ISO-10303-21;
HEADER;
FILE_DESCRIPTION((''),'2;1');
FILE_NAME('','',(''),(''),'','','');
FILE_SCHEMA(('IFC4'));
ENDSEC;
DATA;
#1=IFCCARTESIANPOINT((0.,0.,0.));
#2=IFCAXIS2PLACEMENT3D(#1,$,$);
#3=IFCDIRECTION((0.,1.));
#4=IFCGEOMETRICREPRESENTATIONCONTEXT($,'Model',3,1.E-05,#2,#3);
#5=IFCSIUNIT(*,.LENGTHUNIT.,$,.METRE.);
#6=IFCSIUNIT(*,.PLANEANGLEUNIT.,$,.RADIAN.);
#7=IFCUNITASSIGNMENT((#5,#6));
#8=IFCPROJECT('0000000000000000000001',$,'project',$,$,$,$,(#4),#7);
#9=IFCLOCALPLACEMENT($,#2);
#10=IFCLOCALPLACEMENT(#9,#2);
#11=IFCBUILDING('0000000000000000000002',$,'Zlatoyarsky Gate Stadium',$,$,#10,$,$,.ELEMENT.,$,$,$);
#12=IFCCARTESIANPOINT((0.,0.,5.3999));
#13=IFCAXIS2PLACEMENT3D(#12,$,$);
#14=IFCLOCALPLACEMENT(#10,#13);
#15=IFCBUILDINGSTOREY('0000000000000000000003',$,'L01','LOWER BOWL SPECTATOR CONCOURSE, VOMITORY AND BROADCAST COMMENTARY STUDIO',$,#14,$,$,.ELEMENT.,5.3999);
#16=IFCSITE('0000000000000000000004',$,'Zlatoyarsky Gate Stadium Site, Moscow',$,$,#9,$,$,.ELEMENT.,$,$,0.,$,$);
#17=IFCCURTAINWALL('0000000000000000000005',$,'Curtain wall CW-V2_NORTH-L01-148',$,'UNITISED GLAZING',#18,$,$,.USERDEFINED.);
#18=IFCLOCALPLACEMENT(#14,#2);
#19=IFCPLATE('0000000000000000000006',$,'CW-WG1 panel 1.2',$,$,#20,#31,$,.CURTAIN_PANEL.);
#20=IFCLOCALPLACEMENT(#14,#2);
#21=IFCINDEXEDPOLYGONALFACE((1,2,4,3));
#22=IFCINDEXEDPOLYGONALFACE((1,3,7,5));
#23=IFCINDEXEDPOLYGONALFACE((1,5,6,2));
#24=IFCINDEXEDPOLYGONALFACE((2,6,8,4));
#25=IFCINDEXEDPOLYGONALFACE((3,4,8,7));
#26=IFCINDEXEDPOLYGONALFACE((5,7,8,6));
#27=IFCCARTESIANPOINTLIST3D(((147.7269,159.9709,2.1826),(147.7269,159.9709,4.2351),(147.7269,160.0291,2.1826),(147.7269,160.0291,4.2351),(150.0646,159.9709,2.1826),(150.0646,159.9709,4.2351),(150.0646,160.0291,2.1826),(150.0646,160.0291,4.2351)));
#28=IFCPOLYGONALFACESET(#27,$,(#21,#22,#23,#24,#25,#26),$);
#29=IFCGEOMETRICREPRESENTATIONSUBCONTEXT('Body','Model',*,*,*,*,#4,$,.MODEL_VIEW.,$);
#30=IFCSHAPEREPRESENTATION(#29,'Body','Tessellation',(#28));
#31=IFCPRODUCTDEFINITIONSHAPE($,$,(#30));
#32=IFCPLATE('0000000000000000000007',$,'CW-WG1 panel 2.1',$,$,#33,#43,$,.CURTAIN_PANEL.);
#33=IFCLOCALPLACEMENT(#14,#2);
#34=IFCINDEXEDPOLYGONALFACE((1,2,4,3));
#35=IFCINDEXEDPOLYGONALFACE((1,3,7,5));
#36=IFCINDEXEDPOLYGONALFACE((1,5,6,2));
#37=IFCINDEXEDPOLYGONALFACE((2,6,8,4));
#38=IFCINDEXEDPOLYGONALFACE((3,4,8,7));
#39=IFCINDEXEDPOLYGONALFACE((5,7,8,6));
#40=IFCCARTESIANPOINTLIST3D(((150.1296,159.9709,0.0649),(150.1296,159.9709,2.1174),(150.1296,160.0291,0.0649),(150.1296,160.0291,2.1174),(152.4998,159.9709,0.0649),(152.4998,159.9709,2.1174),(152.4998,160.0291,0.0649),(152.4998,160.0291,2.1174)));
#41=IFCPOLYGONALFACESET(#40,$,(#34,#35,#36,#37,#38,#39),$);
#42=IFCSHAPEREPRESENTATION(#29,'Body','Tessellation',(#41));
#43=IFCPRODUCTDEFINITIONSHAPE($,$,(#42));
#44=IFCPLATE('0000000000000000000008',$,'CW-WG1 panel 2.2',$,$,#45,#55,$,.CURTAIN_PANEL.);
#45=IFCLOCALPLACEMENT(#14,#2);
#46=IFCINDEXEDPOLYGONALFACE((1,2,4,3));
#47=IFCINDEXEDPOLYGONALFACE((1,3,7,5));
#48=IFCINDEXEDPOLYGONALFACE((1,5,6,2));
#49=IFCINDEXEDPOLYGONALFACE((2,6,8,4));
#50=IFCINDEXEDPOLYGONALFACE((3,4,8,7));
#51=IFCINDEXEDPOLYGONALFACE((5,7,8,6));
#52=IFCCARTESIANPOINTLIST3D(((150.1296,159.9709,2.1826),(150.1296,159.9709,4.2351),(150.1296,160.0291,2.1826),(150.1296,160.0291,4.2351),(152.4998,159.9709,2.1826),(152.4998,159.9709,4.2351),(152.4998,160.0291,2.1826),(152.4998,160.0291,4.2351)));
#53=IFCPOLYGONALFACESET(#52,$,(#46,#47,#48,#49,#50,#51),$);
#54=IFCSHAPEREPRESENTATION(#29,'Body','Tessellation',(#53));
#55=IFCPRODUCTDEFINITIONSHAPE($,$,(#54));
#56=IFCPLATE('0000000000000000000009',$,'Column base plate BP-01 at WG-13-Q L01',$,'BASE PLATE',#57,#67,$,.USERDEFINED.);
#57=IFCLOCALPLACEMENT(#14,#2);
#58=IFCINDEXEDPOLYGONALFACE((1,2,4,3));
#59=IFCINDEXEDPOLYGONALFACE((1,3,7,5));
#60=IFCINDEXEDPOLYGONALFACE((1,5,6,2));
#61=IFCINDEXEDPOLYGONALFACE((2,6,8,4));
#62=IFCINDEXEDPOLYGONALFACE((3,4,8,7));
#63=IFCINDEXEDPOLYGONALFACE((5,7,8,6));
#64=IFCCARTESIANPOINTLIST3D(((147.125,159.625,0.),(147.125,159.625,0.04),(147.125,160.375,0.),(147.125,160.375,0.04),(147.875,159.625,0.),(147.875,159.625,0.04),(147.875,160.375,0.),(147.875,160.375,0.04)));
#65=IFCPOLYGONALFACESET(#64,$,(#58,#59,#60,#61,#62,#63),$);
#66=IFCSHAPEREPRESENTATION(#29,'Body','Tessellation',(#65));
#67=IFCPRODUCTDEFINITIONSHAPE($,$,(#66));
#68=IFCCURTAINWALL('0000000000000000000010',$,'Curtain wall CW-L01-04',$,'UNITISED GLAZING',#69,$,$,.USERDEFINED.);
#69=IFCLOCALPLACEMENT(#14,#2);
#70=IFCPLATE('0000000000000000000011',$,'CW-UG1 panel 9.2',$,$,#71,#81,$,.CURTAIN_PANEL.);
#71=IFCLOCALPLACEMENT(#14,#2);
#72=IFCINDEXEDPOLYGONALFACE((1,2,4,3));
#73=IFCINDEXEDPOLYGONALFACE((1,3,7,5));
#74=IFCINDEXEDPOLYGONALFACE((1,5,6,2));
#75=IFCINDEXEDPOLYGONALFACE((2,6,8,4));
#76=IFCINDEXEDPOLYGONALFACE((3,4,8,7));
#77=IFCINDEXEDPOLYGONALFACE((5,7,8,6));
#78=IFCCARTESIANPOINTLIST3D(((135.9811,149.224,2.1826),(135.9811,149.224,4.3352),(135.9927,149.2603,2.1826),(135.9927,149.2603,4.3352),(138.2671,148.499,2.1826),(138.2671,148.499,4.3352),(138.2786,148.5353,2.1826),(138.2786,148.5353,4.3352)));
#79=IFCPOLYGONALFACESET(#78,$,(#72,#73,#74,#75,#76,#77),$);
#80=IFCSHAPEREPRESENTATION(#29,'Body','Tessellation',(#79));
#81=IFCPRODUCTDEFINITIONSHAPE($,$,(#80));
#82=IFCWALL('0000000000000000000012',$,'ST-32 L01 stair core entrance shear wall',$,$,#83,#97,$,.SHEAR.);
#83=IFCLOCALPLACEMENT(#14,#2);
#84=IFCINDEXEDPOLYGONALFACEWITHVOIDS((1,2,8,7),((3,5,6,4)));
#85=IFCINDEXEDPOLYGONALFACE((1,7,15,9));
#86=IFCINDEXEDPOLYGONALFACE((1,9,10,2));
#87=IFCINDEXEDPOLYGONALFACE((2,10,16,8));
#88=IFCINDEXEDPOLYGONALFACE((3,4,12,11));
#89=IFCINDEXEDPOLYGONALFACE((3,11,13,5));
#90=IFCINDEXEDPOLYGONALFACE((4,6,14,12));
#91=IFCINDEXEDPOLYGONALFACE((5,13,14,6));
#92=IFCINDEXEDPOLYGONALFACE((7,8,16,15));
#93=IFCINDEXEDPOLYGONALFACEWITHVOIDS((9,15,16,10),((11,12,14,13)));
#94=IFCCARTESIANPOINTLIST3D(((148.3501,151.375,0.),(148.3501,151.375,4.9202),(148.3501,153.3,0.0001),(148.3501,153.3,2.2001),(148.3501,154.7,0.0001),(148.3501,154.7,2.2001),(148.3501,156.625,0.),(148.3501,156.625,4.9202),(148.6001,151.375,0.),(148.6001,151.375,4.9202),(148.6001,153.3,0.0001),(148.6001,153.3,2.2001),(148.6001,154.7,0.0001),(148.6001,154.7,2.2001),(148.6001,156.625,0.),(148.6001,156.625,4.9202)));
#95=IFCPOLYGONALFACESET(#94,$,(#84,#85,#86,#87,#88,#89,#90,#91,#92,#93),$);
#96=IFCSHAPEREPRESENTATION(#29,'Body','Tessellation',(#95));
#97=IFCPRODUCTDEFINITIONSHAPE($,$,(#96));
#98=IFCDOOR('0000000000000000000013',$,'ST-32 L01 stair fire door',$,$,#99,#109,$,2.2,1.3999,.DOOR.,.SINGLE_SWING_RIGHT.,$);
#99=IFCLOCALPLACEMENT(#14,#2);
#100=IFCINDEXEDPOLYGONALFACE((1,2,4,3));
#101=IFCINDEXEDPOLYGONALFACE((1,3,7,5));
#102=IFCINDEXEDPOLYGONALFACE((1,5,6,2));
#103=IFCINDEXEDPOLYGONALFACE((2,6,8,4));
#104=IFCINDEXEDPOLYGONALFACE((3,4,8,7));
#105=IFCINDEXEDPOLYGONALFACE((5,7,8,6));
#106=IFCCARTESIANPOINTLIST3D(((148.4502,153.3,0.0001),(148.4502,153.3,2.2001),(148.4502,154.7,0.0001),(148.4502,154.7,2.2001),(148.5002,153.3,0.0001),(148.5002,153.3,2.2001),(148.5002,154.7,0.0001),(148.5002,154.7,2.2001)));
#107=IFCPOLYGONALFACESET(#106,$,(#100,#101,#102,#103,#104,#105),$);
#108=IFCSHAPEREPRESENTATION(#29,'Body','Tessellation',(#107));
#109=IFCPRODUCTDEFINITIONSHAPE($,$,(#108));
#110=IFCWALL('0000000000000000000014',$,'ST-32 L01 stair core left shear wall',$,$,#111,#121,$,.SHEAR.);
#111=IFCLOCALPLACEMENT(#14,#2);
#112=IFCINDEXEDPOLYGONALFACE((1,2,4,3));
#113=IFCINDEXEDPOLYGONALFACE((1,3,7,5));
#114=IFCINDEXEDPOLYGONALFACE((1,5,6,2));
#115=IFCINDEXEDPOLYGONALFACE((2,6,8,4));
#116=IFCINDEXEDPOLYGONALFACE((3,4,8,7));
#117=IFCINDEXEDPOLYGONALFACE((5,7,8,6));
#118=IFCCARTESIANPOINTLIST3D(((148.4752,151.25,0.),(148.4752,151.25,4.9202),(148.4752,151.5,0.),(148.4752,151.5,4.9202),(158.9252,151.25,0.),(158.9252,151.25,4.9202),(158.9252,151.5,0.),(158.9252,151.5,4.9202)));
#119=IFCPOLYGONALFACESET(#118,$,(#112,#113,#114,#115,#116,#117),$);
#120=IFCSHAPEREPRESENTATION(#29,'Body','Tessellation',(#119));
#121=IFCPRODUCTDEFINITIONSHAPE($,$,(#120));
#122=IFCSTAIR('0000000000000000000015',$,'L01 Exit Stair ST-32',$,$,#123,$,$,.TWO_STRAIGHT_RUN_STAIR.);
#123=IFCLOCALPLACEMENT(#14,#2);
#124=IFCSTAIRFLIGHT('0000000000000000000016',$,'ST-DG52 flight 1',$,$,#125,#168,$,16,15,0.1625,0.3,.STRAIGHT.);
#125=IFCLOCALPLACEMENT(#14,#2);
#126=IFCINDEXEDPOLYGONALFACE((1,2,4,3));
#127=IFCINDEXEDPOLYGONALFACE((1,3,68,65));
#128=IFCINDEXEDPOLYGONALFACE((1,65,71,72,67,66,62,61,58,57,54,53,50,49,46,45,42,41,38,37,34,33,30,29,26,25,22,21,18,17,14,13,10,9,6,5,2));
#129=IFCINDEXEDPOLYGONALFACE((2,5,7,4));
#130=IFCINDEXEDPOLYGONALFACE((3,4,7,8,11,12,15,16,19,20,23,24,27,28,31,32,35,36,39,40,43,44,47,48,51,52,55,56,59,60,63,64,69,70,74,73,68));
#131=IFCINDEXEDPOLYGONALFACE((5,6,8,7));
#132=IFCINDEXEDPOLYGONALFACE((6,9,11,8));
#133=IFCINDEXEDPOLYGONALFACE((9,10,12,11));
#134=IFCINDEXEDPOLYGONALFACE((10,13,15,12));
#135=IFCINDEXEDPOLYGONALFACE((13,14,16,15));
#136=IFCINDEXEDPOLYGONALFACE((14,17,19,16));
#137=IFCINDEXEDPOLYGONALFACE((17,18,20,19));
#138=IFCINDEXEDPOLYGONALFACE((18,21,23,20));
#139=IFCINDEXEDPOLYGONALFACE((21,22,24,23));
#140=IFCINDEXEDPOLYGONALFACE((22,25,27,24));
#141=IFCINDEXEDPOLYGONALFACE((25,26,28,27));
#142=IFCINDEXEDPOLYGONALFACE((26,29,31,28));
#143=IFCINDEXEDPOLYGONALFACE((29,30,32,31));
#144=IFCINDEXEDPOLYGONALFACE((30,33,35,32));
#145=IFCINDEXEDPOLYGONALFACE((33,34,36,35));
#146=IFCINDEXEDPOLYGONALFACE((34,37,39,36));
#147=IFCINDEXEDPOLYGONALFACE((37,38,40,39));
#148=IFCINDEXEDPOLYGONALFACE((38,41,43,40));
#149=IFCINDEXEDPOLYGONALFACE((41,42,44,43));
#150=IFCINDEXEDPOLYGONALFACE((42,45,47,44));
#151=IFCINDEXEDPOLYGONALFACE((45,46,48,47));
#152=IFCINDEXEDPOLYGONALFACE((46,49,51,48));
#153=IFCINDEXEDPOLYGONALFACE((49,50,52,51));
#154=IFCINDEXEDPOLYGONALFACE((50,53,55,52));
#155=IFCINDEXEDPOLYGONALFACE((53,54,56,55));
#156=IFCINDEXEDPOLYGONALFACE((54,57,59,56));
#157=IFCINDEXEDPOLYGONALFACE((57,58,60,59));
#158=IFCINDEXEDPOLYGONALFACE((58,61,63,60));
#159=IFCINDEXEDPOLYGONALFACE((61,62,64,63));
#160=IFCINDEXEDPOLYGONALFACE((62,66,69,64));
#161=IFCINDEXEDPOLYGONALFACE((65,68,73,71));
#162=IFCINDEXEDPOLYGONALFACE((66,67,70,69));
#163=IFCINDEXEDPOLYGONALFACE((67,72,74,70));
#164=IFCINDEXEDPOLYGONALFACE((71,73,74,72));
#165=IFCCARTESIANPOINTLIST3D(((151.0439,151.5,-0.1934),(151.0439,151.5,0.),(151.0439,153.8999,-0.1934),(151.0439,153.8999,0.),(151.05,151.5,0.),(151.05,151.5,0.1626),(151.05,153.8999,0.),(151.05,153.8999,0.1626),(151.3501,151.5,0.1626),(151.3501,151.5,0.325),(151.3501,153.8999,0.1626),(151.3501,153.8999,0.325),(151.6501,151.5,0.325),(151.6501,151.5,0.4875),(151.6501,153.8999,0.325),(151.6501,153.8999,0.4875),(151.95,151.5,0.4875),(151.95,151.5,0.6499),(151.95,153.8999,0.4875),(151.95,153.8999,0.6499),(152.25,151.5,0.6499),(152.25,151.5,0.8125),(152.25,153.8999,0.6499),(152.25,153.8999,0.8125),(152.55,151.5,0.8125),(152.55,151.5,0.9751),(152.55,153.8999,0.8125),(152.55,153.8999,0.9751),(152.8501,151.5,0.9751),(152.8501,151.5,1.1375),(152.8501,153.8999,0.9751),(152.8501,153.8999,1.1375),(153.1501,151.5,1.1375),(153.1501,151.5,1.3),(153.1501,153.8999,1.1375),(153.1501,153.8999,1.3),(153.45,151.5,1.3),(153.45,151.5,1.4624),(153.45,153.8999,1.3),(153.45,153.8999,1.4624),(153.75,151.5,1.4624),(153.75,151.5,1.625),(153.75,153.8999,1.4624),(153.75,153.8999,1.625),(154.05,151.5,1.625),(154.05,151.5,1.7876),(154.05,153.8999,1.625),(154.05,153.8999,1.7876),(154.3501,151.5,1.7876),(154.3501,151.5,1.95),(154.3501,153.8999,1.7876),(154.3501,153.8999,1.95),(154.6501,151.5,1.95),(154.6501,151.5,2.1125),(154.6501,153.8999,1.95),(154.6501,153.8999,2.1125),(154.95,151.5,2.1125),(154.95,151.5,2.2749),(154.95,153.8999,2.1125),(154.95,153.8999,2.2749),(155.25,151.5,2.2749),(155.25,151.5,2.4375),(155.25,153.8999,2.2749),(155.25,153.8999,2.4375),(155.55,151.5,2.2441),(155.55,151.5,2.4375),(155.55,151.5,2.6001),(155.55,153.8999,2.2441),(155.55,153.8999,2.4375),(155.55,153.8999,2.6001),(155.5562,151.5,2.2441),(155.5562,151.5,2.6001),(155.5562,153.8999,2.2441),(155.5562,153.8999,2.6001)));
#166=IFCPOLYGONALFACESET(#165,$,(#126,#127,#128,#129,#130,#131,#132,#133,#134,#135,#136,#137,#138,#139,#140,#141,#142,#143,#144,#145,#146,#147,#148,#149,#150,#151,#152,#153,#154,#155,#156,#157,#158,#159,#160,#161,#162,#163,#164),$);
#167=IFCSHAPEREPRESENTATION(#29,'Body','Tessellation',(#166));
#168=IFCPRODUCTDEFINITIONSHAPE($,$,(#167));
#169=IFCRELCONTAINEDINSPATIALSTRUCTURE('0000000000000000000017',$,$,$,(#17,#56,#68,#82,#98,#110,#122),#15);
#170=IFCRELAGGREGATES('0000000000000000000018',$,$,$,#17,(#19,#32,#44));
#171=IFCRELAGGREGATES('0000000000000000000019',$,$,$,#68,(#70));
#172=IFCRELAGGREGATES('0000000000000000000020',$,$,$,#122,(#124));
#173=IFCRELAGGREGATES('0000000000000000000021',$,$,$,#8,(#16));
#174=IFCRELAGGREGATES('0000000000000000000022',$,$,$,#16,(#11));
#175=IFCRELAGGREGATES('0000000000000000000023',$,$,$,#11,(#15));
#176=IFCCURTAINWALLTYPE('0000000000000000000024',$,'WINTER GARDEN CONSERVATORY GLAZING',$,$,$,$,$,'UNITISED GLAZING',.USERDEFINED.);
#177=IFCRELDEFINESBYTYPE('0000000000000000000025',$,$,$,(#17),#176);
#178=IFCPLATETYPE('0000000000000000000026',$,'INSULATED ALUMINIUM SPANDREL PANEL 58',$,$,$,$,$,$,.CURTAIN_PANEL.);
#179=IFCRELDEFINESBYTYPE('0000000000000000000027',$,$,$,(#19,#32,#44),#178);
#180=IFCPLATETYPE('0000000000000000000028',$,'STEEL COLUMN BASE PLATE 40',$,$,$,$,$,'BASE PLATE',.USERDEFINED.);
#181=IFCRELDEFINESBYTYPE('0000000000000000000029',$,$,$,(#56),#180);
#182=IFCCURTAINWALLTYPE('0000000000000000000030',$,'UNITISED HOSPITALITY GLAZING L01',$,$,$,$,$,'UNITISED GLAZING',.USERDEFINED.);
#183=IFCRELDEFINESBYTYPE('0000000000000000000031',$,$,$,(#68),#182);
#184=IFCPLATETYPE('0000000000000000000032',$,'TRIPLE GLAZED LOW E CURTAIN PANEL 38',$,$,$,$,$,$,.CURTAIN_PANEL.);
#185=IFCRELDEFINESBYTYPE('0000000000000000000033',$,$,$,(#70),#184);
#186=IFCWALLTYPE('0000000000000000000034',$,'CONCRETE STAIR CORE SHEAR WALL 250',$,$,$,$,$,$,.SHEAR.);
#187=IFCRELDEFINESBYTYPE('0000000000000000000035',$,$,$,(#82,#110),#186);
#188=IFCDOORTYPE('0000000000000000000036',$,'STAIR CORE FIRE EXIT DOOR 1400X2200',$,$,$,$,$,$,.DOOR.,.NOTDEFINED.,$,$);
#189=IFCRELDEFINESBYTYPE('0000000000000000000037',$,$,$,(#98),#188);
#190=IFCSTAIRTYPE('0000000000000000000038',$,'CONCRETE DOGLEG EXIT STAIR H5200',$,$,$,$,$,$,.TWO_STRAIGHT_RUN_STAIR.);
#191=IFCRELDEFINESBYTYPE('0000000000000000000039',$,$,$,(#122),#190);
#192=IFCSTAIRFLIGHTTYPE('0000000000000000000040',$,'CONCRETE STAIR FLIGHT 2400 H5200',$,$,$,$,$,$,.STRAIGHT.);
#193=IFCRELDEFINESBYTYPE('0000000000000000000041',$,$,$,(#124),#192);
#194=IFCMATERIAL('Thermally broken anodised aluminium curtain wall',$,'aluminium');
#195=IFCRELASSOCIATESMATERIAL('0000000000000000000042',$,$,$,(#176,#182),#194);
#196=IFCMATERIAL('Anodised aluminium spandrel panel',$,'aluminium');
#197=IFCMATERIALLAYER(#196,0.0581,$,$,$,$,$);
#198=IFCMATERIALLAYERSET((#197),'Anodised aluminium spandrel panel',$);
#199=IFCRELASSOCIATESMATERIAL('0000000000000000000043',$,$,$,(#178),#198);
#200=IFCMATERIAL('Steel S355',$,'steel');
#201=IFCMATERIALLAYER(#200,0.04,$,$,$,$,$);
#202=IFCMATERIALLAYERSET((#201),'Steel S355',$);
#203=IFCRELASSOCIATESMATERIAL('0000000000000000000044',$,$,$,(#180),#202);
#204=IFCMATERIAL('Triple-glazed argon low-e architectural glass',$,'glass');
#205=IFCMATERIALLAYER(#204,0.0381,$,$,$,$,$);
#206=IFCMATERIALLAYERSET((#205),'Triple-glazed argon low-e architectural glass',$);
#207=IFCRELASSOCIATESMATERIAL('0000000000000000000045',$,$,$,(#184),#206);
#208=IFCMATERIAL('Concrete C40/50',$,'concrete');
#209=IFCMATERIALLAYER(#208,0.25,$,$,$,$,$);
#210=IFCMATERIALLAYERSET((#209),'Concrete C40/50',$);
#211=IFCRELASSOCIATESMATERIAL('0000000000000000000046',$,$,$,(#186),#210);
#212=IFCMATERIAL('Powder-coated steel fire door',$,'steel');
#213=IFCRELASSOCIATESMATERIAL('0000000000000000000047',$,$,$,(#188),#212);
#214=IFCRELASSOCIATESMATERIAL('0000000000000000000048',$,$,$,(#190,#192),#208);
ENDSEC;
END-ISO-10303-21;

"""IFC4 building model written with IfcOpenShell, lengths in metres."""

from ifc_helpers import new_model, si_unit, direction, frame, frame_2d, origin, origin_2d, place, context, subcontext, project, spatial, polyline, rectangle, outline, extrude, material, layer, layer_set, type_object, element, fill, aggregate, save


model = new_model("IFC4")

# Units and contexts
model_context = context("Model", 3, precision=1e-05, world=origin(), true_north=direction((0.0, 1.0)))
body_context = subcontext(model_context, "Body", "Model", "MODEL_VIEW")
ifc_project = project(units=[si_unit("LENGTHUNIT", "METRE"), si_unit("PLANEANGLEUNIT", "RADIAN")], contexts=[model_context])

# Site, building, storey
site_placement = place(None, origin())
site = spatial("IfcSite", under=ifc_project, at=site_placement, Name="Zlatoyarsky Gate Stadium Site, Moscow", CompositionType="ELEMENT", RefElevation=0.0)
building_placement = place(site_placement, origin())
building = spatial("IfcBuilding", under=site, at=building_placement, Name="Zlatoyarsky Gate Stadium", CompositionType="ELEMENT")
storey_placement = place(building_placement, frame((0.0, 0.0, 5.3999)))
storey = spatial("IfcBuildingStorey", under=building, at=storey_placement, Name="L01", Description="LOWER BOWL SPECTATOR CONCOURSE, VOMITORY AND BROADCAST COMMENTARY STUDIO", CompositionType="ELEMENT", Elevation=5.3999)

# Shared definitions
ifc_material_1 = material(Name="Concrete C40/50", Category="concrete")
ifc_material_2 = material(Name="Steel S355", Category="steel")

# Curtain wall
ifc_material_3 = material(Name="Thermally broken anodised aluminium curtain wall", Category="aluminium")
curtain_wall_type_1 = type_object("IfcCurtainWallType", Name="WINTER GARDEN CONSERVATORY GLAZING", ElementType="UNITISED GLAZING", PredefinedType="USERDEFINED", material=ifc_material_3)
curtain_wall_1_placement = place(storey_placement, origin())
curtain_wall_1 = element("IfcCurtainWall", 1, at=curtain_wall_1_placement, inside=storey, type_object=curtain_wall_type_1, Name="Curtain wall CW-V2_NORTH-L01-148", ObjectType="UNITISED GLAZING", PredefinedType="USERDEFINED")

# Plates
ifc_material_4 = material(Name="Anodised aluminium spandrel panel", Category="aluminium")
ifc_layer_1 = layer(ifc_material_4, 0.0581)
ifc_layer_set_1 = layer_set([ifc_layer_1], Name="Anodised aluminium spandrel panel")
plate_type_1 = type_object("IfcPlateType", Name="INSULATED ALUMINIUM SPANDREL PANEL 58", PredefinedType="CURTAIN_PANEL", material=ifc_layer_set_1)
plate_1_placement = place(storey_placement, frame((148.8958, 160.0, 2.1826), z_axis=(0.0, 0.0, 1.0), x_axis=(1.0, 0.0, 0.0)))
plate_1 = element("IfcPlate", 2, at=plate_1_placement, type_object=plate_type_1, Name="CW-WG1 panel 1.2", PredefinedType="CURTAIN_PANEL", context=body_context, shape_type="SweptSolid", body=[
    extrude(rectangle(XDim=2.3376, YDim=0.0581, at=origin_2d()), origin(), (0.0, 0.0, 1.0), 2.0525),
])
plate_2_placement = place(storey_placement, frame((151.3147, 160.0, 0.0649), z_axis=(0.0, 0.0, 1.0), x_axis=(1.0, 0.0, 0.0)))
plate_2 = element("IfcPlate", 3, at=plate_2_placement, type_object=plate_type_1, Name="CW-WG1 panel 2.1", PredefinedType="CURTAIN_PANEL", context=body_context, shape_type="SweptSolid", body=[
    extrude(rectangle(XDim=2.3701, YDim=0.0581, at=origin_2d()), origin(), (0.0, 0.0, 1.0), 2.0525),
])
plate_3_placement = place(storey_placement, frame((151.3147, 160.0, 2.1826), z_axis=(0.0, 0.0, 1.0), x_axis=(1.0, 0.0, 0.0)))
plate_3 = element("IfcPlate", 4, at=plate_3_placement, type_object=plate_type_1, Name="CW-WG1 panel 2.2", PredefinedType="CURTAIN_PANEL", context=body_context, shape_type="SweptSolid", body=[
    extrude(rectangle(XDim=2.3701, YDim=0.0581, at=origin_2d()), origin(), (0.0, 0.0, 1.0), 2.0525),
])
aggregate(curtain_wall_1, [plate_1, plate_2, plate_3])
ifc_layer_2 = layer(ifc_material_2, 0.04)
ifc_layer_set_2 = layer_set([ifc_layer_2], Name="Steel S355")
plate_type_2 = type_object("IfcPlateType", Name="STEEL COLUMN BASE PLATE 40", ElementType="BASE PLATE", PredefinedType="USERDEFINED", material=ifc_layer_set_2)
plate_4_placement = place(storey_placement, frame((147.5, 160.0, 0.0), z_axis=(0.0, 0.0, 1.0), x_axis=(1.0, 0.0, 0.0)))
element("IfcPlate", 5, at=plate_4_placement, inside=storey, type_object=plate_type_2, Name="Column base plate BP-01 at WG-13-Q L01", ObjectType="BASE PLATE", PredefinedType="USERDEFINED", context=body_context, shape_type="SweptSolid", body=[
    extrude(rectangle(XDim=0.75, YDim=0.75, at=origin_2d()), origin(), (0.0, 0.0, 1.0), 0.04),
])

# Curtain wall, plate
curtain_wall_type_2 = type_object("IfcCurtainWallType", Name="UNITISED HOSPITALITY GLAZING L01", ElementType="UNITISED GLAZING", PredefinedType="USERDEFINED", material=ifc_material_3)
curtain_wall_2_placement = place(storey_placement, origin())
curtain_wall_2 = element("IfcCurtainWall", 6, at=curtain_wall_2_placement, inside=storey, type_object=curtain_wall_type_2, Name="Curtain wall CW-L01-04", ObjectType="UNITISED GLAZING", PredefinedType="USERDEFINED")
ifc_material_5 = material(Name="Triple-glazed argon low-e architectural glass", Category="glass")
ifc_layer_3 = layer(ifc_material_5, 0.0381)
ifc_layer_set_3 = layer_set([ifc_layer_3], Name="Triple-glazed argon low-e architectural glass")
plate_type_3 = type_object("IfcPlateType", Name="TRIPLE GLAZED LOW E CURTAIN PANEL 38", PredefinedType="CURTAIN_PANEL", material=ifc_layer_set_3)
plate_5_placement = place(storey_placement, frame((137.1299, 148.8796, 2.1826), z_axis=(0.0, 0.0, 1.0), x_axis=(-0.953202, 0.302334, 0.0)))
plate_5 = element("IfcPlate", 7, at=plate_5_placement, type_object=plate_type_3, Name="CW-UG1 panel 9.2", PredefinedType="CURTAIN_PANEL", context=body_context, shape_type="SweptSolid", body=[
    extrude(rectangle(XDim=2.3982, YDim=0.0381, at=origin_2d()), origin(), (0.0, 0.0, 1.0), 2.1526),
])
aggregate(curtain_wall_2, [plate_5])

# Wall, opening, door
ifc_layer_4 = layer(ifc_material_1, 0.25)
ifc_layer_set_4 = layer_set([ifc_layer_4], Name="Concrete C40/50")
wall_type = type_object("IfcWallType", Name="CONCRETE STAIR CORE SHEAR WALL 250", PredefinedType="SHEAR", material=ifc_layer_set_4)
wall_1_placement = place(storey_placement, frame((148.4751, 156.625, 0.0), z_axis=(0.0, 0.0, 1.0), x_axis=(0.0, -1.0, 0.0)))
wall_1 = element("IfcWall", 8, at=wall_1_placement, inside=storey, type_object=wall_type, Name="ST-32 L01 stair core entrance shear wall", PredefinedType="SHEAR", context=body_context, shape_type="SweptSolid", body=[
    extrude(rectangle(XDim=5.25, YDim=0.25, at=frame_2d((2.625, 0.0))), origin(), (0.0, 0.0, 1.0), 4.9202),
])
opening_placement = place(wall_1_placement, frame((1.925, 0.0, 0.0)))
opening = element("IfcOpeningElement", 9, at=opening_placement, cuts=wall_1, PredefinedType="OPENING", context=body_context, shape_type="SweptSolid", body=[
    extrude(rectangle(XDim=1.3999, YDim=2.2, at=frame_2d((0.7, 1.1001))), frame((0.0, 0.135, 0.0), z_axis=(0.0, -1.0, 0.0), x_axis=(1.0, 0.0, 0.0)), (0.0, 0.0, 1.0), 0.27),
])
ifc_material_6 = material(Name="Powder-coated steel fire door", Category="steel")
door_type = type_object("IfcDoorType", Name="STAIR CORE FIRE EXIT DOOR 1400X2200", OperationType="NOTDEFINED", PredefinedType="DOOR", material=ifc_material_6)
door_placement = place(opening_placement, frame((1.3999, 0.0, 0.0), z_axis=(0.0, 0.0, 1.0), x_axis=(-1.0, 0.0, 0.0)))
door = element("IfcDoor", 10, at=door_placement, inside=storey, type_object=door_type, Name="ST-32 L01 stair fire door", OperationType="SINGLE_SWING_RIGHT", OverallHeight=2.2, OverallWidth=1.3999, PredefinedType="DOOR", context=body_context, shape_type="SweptSolid", body=[
    extrude(rectangle(XDim=1.3999, YDim=2.2, at=frame_2d((0.7, 1.1001))), frame((0.0, 0.0249, 0.0), z_axis=(0.0, -1.0, 0.0), x_axis=(1.0, 0.0, 0.0)), (0.0, 0.0, 1.0), 0.05),
])
fill(opening, door)

# Wall
wall_2_placement = place(storey_placement, frame((148.4751, 151.375, 0.0), z_axis=(0.0, 0.0, 1.0), x_axis=(1.0, 0.0, 0.0)))
element("IfcWall", 11, at=wall_2_placement, inside=storey, type_object=wall_type, Name="ST-32 L01 stair core left shear wall", PredefinedType="SHEAR", context=body_context, shape_type="SweptSolid", body=[
    extrude(rectangle(XDim=10.45, YDim=0.25, at=frame_2d((5.2251, 0.0))), origin(), (0.0, 0.0, 1.0), 4.9202),
])

# Stair, stair flight
stair_type = type_object("IfcStairType", Name="CONCRETE DOGLEG EXIT STAIR H5200", PredefinedType="TWO_STRAIGHT_RUN_STAIR", material=ifc_material_1)
stair_placement = place(storey_placement, origin())
stair = element("IfcStair", 12, at=stair_placement, inside=storey, type_object=stair_type, Name="L01 Exit Stair ST-32", PredefinedType="TWO_STRAIGHT_RUN_STAIR")
stair_flight_type = type_object("IfcStairFlightType", Name="CONCRETE STAIR FLIGHT 2400 H5200", PredefinedType="STRAIGHT", material=ifc_material_1)
stair_flight_placement = place(storey_placement, frame((151.05, 152.7, 0.0), z_axis=(0.0, 0.0, 1.0), x_axis=(1.0, 0.0, 0.0)))
stair_flight = element("IfcStairFlight", 13, at=stair_flight_placement, type_object=stair_flight_type, Name="ST-DG52 flight 1", NumberOfRisers=16, NumberOfTreads=15, PredefinedType="STRAIGHT", RiserHeight=0.1625, TreadLength=0.3, context=body_context, shape_type="SweptSolid", body=[
    extrude(outline(polyline([(-0.0061, -0.1934), (-0.0061, 0.0), (0.0, 0.0), (0.0, 0.1626), (0.3, 0.1626), (0.3, 0.325), (0.6001, 0.325), (0.6001, 0.4875), (0.8999, 0.4875), (0.8999, 0.6499), (1.2, 0.6499), (1.2, 0.8125), (1.5, 0.8125), (1.5, 0.9751), (1.8, 0.9751), (1.8, 1.1375), (2.1001, 1.1375), (2.1001, 1.3), (2.3999, 1.3), (2.3999, 1.4624), (2.7, 1.4624), (2.7, 1.625), (3.0, 1.625), (3.0, 1.7876), (3.3, 1.7876), (3.3, 1.95), (3.6001, 1.95), (3.6001, 2.1125), (3.8999, 2.1125), (3.8999, 2.2749), (4.2, 2.2749), (4.2, 2.4375), (4.5, 2.4375), (4.5, 2.6001), (4.5061, 2.6001), (4.5061, 2.2441), (4.5, 2.2441), (-0.0061, -0.1934)])), frame((0.0, 1.2, 0.0), z_axis=(0.0, -1.0, 0.0), x_axis=(1.0, 0.0, 0.0)), (0.0, 0.0, 1.0), 2.3999),
])
aggregate(stair, [stair_flight])

save(model, "model.ifc")
